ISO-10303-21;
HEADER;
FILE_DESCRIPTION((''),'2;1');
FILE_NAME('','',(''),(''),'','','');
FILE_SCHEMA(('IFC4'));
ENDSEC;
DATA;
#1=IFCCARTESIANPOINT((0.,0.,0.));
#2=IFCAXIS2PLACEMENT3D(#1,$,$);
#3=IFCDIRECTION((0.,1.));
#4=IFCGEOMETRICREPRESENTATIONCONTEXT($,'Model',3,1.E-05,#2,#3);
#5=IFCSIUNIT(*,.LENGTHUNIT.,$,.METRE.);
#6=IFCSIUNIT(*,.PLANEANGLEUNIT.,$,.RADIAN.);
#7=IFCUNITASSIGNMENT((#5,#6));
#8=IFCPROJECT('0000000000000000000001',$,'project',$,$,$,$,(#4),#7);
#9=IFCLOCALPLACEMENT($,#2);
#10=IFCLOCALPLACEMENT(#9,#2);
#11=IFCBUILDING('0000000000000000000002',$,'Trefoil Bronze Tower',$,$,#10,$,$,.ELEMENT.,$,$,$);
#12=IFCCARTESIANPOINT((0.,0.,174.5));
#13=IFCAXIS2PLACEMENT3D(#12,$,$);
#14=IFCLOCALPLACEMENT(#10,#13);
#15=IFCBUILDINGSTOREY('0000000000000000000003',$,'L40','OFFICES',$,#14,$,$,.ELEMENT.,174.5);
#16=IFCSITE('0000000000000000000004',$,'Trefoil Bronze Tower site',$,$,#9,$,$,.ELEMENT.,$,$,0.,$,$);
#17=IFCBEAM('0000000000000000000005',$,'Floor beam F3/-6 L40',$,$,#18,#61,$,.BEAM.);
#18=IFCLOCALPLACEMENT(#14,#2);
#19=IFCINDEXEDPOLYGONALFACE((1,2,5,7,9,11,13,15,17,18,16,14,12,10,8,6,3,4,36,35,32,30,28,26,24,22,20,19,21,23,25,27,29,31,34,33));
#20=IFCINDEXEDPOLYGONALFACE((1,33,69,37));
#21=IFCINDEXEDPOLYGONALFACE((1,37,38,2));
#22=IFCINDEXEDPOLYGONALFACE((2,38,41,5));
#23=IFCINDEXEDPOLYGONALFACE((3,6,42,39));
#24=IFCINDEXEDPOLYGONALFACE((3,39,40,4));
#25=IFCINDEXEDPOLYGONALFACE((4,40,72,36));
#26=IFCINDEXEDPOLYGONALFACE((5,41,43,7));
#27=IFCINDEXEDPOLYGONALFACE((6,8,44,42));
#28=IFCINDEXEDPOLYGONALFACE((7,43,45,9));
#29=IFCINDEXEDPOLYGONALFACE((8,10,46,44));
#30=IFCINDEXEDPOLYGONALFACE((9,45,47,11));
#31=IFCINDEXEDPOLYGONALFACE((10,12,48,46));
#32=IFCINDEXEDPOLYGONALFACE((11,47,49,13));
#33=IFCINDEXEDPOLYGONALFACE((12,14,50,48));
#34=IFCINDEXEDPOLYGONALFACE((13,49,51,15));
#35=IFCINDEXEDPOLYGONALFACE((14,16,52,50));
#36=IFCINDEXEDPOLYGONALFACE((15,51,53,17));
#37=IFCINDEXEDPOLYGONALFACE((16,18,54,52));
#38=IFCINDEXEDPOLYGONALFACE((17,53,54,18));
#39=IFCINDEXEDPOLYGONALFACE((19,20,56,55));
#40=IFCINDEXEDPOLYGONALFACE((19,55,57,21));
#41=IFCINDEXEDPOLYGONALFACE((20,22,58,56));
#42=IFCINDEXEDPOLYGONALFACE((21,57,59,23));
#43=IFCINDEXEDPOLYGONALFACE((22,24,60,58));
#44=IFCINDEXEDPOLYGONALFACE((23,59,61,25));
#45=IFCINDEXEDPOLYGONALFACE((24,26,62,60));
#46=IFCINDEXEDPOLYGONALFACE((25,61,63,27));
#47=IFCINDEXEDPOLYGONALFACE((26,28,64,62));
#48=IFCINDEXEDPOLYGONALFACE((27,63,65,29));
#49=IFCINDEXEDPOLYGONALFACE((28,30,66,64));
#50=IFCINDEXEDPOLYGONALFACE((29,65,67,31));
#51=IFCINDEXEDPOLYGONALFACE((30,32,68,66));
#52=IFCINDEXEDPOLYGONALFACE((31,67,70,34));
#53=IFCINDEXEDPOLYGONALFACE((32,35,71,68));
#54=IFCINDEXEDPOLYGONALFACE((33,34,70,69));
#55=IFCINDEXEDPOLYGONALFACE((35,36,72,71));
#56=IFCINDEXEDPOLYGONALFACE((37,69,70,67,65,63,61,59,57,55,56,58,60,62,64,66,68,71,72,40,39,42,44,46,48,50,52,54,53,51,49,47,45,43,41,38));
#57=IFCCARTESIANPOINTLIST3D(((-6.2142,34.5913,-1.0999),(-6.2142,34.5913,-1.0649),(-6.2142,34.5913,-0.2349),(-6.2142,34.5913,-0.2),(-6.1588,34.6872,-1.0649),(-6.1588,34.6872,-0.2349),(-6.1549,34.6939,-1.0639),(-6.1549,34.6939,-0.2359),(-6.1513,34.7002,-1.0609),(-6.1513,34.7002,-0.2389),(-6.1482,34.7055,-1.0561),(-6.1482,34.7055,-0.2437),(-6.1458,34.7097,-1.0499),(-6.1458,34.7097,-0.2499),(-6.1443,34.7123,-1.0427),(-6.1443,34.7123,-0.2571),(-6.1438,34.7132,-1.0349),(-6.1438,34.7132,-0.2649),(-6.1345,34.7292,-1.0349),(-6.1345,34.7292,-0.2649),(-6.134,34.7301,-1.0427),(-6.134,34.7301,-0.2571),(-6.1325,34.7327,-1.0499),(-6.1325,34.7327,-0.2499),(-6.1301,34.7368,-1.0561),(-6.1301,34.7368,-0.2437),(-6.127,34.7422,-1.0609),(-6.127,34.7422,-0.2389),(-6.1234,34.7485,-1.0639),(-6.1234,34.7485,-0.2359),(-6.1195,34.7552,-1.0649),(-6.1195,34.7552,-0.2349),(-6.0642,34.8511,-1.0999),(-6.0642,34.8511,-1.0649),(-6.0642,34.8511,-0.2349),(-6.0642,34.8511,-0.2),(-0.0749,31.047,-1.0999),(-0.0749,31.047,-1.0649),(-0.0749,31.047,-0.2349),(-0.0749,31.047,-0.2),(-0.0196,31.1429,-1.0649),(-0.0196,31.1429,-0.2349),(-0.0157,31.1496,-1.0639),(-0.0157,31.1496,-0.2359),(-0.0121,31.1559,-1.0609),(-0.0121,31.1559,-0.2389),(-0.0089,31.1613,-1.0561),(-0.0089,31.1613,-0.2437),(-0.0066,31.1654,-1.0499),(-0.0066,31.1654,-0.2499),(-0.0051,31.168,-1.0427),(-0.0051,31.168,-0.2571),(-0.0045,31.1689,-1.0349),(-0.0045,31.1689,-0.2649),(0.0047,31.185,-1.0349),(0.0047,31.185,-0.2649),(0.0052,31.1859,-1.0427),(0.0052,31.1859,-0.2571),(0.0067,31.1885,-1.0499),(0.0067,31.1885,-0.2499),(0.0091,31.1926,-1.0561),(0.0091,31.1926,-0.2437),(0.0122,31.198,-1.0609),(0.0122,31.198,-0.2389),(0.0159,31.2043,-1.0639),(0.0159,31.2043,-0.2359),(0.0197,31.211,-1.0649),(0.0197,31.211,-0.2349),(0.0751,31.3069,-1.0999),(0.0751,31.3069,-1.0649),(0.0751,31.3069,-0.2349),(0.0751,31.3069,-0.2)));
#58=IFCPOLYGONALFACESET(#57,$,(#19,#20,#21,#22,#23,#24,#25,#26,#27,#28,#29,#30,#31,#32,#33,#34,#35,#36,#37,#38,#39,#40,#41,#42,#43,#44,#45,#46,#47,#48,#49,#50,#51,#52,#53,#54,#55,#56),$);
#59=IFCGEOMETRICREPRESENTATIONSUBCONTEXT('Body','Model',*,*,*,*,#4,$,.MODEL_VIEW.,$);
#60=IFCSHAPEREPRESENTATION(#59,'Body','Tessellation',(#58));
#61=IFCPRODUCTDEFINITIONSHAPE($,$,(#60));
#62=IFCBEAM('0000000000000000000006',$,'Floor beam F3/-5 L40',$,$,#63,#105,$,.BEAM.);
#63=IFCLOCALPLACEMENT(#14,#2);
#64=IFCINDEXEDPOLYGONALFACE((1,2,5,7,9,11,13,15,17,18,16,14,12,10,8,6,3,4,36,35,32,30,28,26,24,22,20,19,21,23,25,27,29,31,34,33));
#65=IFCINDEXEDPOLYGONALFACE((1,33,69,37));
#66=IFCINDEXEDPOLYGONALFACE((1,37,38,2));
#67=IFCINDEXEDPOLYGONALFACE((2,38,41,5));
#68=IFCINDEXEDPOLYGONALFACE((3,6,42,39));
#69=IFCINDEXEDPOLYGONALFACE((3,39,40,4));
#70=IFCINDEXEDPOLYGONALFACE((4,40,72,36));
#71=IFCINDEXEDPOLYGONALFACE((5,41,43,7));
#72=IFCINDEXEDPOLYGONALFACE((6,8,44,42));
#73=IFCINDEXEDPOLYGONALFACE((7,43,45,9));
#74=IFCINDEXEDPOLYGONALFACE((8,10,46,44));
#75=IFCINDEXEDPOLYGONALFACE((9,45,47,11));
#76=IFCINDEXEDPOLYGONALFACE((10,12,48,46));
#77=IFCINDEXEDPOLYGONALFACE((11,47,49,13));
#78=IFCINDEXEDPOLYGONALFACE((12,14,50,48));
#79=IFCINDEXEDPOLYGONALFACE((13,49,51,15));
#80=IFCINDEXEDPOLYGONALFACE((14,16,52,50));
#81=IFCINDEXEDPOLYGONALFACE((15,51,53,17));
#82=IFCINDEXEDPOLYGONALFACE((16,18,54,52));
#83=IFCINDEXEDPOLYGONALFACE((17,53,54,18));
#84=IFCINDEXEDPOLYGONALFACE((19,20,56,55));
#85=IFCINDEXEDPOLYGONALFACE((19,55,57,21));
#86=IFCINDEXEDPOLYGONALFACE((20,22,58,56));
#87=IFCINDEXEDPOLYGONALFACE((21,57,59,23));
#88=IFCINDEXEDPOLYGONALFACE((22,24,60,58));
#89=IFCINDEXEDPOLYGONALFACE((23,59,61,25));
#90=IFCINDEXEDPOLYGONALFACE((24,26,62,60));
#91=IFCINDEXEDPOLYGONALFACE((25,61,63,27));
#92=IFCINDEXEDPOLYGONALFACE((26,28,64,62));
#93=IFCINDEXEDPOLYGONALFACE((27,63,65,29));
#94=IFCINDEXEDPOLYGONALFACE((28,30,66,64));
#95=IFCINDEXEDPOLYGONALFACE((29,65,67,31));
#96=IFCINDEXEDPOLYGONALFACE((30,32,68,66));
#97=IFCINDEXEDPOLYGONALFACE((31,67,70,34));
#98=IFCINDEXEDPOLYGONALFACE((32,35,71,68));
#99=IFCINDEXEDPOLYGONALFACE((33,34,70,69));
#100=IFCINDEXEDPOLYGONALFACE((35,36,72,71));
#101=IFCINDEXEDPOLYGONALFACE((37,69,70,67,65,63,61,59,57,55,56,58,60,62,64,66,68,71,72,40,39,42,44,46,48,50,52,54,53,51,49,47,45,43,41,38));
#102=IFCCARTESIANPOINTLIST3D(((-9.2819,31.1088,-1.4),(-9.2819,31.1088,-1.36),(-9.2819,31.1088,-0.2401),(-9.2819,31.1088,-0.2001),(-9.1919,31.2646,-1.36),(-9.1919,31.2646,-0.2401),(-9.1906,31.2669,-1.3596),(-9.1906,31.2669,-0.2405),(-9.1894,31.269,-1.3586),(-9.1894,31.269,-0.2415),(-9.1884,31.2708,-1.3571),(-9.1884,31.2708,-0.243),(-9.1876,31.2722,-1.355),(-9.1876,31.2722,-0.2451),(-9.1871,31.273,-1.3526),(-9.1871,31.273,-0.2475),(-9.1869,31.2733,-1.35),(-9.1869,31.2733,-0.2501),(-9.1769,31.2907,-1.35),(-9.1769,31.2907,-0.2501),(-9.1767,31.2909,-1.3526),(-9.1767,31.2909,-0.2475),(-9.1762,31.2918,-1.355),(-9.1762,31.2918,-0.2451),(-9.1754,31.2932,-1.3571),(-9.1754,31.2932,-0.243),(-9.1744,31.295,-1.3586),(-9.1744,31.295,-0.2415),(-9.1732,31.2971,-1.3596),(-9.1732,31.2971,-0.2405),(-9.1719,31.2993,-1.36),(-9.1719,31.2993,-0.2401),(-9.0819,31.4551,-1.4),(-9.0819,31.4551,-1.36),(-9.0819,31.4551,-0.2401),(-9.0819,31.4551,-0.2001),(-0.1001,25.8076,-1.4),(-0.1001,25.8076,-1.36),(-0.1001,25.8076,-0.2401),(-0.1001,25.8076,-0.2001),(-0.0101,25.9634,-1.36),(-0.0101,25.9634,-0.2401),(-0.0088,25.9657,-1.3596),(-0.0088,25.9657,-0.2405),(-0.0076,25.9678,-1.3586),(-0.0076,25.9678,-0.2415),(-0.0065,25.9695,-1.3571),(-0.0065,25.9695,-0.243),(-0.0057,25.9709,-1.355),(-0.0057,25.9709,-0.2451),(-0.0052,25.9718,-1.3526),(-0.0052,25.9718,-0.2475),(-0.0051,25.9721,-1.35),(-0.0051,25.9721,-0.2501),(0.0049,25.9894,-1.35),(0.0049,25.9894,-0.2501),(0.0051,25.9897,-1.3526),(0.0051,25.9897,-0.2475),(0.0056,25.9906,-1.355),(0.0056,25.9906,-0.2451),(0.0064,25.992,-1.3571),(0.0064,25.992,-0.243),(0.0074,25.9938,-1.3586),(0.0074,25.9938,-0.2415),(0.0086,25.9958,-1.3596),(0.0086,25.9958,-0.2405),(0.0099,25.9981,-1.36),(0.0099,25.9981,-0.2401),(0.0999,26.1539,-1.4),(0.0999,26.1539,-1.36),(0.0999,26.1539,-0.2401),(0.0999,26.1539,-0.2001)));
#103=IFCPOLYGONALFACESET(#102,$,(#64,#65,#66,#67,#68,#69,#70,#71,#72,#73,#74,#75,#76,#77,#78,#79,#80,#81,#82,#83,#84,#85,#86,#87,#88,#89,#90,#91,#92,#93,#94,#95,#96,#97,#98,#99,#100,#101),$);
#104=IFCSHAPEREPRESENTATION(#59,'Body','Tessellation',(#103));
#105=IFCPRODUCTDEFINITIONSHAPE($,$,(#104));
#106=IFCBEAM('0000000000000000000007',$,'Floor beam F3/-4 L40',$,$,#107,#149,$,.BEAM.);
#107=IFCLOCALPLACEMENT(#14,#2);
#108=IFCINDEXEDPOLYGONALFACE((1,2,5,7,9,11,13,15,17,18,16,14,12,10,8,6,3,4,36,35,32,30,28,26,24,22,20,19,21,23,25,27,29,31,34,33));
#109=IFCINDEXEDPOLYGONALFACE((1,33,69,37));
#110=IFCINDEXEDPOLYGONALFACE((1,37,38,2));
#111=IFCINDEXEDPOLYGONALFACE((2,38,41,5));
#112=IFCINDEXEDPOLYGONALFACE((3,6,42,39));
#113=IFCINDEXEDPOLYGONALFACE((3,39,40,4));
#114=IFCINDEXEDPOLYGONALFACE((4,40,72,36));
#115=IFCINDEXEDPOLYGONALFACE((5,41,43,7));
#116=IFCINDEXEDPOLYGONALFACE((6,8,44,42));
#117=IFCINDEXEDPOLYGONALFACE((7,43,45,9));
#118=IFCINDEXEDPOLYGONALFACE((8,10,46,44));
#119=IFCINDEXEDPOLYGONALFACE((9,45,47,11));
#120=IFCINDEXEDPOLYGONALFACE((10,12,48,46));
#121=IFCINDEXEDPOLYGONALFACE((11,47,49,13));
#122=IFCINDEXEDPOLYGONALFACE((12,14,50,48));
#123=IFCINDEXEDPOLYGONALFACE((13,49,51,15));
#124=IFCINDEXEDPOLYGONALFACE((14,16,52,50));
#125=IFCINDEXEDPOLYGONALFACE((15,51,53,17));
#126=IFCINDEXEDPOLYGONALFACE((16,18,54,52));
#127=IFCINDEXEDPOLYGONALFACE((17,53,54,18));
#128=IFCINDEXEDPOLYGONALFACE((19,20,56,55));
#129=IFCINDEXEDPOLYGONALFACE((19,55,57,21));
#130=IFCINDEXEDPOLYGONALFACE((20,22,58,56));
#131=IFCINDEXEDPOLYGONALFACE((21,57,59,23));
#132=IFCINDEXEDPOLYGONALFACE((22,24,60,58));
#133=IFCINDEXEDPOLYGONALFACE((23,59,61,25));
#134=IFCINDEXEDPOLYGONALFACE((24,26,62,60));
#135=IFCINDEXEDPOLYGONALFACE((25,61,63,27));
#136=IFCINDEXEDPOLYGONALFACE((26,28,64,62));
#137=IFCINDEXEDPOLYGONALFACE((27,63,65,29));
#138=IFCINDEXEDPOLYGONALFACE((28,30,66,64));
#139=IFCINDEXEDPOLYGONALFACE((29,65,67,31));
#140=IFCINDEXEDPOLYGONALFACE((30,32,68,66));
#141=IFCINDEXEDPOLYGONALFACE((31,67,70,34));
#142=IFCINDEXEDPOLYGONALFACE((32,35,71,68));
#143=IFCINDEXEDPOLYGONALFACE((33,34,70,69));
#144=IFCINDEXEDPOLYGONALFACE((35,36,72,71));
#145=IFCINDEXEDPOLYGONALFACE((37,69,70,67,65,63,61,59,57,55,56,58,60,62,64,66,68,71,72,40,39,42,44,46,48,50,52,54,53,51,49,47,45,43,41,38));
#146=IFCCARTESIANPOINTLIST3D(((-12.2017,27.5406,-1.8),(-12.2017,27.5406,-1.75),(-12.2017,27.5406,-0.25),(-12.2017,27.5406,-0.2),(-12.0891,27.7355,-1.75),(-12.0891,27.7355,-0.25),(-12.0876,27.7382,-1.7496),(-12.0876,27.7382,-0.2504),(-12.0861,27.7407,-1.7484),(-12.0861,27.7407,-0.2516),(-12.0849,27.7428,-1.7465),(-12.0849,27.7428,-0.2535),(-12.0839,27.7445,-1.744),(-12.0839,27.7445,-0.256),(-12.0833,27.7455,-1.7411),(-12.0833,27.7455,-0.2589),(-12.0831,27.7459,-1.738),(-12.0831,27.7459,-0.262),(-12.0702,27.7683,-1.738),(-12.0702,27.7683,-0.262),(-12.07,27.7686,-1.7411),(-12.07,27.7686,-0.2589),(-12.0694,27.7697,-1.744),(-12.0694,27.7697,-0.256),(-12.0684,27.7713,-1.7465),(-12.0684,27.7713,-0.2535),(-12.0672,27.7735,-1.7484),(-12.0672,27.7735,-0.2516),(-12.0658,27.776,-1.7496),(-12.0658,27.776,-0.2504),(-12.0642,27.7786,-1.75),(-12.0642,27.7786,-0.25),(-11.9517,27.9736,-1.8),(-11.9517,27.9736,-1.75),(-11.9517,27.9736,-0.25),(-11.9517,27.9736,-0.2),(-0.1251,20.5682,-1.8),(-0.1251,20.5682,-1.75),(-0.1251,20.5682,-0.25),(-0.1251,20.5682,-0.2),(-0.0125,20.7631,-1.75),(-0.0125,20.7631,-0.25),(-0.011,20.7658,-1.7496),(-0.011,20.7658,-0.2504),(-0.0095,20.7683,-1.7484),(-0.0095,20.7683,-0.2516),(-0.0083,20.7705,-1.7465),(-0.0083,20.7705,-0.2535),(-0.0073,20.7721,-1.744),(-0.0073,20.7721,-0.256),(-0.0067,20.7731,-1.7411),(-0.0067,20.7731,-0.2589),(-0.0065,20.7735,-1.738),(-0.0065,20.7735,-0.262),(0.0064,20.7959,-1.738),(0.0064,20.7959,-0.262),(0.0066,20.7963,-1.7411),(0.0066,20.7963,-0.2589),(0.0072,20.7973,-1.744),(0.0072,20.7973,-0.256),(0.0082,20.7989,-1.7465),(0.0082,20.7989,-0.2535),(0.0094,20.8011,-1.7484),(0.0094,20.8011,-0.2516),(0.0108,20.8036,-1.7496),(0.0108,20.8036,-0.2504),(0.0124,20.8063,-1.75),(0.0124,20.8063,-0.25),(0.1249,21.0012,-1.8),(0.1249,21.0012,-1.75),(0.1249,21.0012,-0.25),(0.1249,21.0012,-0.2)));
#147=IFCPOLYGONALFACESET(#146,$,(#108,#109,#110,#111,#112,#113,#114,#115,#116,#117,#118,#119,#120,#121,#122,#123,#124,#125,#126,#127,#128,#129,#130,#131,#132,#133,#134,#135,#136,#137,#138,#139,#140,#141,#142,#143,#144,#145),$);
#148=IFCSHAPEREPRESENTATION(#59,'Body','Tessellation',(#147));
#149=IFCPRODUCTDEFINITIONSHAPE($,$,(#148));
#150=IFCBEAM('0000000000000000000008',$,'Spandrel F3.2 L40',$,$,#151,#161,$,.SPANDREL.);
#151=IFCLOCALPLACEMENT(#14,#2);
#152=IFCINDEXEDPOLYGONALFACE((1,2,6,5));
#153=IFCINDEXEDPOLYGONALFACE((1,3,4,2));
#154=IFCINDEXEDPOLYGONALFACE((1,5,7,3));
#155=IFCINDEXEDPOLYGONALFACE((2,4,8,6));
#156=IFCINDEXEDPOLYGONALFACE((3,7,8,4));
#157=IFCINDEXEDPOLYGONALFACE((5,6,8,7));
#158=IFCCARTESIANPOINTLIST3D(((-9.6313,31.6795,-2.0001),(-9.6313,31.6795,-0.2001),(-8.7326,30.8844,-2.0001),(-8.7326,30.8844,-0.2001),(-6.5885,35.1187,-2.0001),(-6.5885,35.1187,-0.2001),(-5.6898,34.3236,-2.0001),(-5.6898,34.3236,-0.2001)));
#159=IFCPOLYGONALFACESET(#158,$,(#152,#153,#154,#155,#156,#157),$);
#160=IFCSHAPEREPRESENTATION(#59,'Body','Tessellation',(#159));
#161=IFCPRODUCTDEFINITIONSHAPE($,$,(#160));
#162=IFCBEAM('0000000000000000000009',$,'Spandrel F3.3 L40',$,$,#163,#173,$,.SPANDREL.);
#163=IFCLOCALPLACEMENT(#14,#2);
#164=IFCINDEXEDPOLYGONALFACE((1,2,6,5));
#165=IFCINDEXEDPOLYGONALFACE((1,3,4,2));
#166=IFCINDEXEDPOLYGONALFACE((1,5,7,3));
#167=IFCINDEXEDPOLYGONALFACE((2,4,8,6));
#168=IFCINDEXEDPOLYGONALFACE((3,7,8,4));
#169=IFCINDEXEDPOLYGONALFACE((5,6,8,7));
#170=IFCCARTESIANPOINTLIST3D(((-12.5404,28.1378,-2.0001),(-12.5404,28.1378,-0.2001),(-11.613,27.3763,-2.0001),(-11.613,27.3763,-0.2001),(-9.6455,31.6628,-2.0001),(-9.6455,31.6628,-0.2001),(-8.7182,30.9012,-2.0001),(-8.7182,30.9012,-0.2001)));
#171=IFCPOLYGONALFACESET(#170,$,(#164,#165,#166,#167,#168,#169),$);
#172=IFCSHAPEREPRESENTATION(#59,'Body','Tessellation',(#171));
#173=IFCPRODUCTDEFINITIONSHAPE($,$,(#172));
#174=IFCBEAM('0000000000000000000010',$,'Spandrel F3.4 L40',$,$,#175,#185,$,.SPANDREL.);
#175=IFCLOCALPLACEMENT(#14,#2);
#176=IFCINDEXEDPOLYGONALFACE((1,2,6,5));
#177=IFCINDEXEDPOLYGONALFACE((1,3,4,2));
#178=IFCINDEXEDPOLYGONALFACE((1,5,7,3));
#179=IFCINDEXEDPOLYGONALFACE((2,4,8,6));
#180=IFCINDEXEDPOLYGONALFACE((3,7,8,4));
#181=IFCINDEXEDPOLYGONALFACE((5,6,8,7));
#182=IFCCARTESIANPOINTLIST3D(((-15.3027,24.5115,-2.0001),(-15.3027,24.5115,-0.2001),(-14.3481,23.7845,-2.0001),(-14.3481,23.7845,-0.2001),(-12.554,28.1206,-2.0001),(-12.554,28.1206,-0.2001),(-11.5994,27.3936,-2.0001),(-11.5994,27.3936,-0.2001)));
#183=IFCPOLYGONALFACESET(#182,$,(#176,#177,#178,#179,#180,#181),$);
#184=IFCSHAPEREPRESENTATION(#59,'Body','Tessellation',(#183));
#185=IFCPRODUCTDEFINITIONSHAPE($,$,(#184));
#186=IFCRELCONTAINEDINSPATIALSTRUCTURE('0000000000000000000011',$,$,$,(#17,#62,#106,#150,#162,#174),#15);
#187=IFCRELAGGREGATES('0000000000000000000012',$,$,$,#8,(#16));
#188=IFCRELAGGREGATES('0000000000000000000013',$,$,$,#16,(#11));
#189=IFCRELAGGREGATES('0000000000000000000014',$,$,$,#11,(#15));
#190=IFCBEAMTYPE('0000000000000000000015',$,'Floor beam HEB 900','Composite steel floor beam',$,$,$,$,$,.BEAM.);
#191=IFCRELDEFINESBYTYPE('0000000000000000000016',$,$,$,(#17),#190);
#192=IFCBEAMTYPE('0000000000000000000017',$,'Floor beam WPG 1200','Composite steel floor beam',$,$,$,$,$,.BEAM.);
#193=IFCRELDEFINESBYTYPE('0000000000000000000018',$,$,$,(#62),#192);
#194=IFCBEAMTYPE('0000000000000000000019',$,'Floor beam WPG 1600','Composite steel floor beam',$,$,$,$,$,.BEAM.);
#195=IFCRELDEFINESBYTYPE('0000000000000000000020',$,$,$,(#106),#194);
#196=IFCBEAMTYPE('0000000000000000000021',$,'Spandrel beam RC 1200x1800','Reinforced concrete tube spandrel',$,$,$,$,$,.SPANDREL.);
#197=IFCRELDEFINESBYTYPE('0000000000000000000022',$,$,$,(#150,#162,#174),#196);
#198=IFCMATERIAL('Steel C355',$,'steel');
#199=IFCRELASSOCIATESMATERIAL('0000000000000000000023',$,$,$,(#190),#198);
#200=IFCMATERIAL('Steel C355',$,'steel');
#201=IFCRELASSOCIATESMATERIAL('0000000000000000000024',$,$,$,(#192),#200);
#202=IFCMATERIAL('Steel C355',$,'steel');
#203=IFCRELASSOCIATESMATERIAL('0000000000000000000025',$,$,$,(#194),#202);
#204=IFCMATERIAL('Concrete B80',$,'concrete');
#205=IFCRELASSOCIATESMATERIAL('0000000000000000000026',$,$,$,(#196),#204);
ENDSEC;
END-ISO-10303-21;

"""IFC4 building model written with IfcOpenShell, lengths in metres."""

from ifc_helpers import new_model, si_unit, direction, frame, origin, origin_2d, place, context, subcontext, project, spatial, rectangle, i_section, extrude, material, material_profile, profile_set, type_object, element, save


model = new_model("IFC4")

# Units and contexts
model_context = context("Model", 3, precision=1e-05, world=origin(), true_north=direction((0.0, 1.0)))
body_context = subcontext(model_context, "Body", "Model", "MODEL_VIEW")
ifc_project = project(units=[si_unit("LENGTHUNIT", "METRE"), si_unit("PLANEANGLEUNIT", "RADIAN")], contexts=[model_context])

# Site, building, storey
site_placement = place(None, origin())
site = spatial("IfcSite", under=ifc_project, at=site_placement, Name="Trefoil Bronze Tower site", CompositionType="ELEMENT", RefElevation=0.0)
building_placement = place(site_placement, origin())
building = spatial("IfcBuilding", under=site, at=building_placement, Name="Trefoil Bronze Tower", CompositionType="ELEMENT")
storey_placement = place(building_placement, frame((0.0, 0.0, 174.5)))
storey = spatial("IfcBuildingStorey", under=building, at=storey_placement, Name="L40", Description="OFFICES", CompositionType="ELEMENT", Elevation=174.5)

# Beams
ifc_material_1 = material(Name="Steel C355", Category="steel")
ifc_material_profile_1 = material_profile(ifc_material_1, i_section(OverallWidth=0.3, OverallDepth=0.8999, WebThickness=0.0186, FlangeThickness=0.0349, FilletRadius=0.03, at=origin_2d()), Name="HEB 900")
ifc_profile_set_1 = profile_set([ifc_material_profile_1], Name="Steel C355")
beam_type_1 = type_object("IfcBeamType", Name="Floor beam HEB 900", Description="Composite steel floor beam", PredefinedType="BEAM", material=ifc_profile_set_1)
beam_1_placement = place(storey_placement, frame((-6.1392, 34.7212, -0.6499), z_axis=(0.866041, -0.499973, 0.0), x_axis=(0.499973, 0.866041, 0.0)))
element("IfcBeam", 1, at=beam_1_placement, inside=storey, type_object=beam_type_1, Name="Floor beam F3/-6 L40", PredefinedType="BEAM", context=body_context, shape_type="SweptSolid", body=[
    extrude(i_section(OverallWidth=0.3, OverallDepth=0.8999, WebThickness=0.0186, FlangeThickness=0.0349, FilletRadius=0.03, at=origin_2d()), origin(), (0.0, 0.0, 1.0), 7.0889),
])
ifc_material_2 = material(Name="Steel C355", Category="steel")
ifc_material_profile_2 = material_profile(ifc_material_2, i_section(OverallWidth=0.3999, OverallDepth=1.2, WebThickness=0.02, FlangeThickness=0.04, FilletRadius=0.01, at=origin_2d()), Name="WPG 1200")
ifc_profile_set_2 = profile_set([ifc_material_profile_2], Name="Steel C355")
beam_type_2 = type_object("IfcBeamType", Name="Floor beam WPG 1200", Description="Composite steel floor beam", PredefinedType="BEAM", material=ifc_profile_set_2)
beam_2_placement = place(storey_placement, frame((-9.1819, 31.282, -0.8), z_axis=(0.866021, -0.500007, 0.0), x_axis=(0.500007, 0.866021, 0.0)))
element("IfcBeam", 2, at=beam_2_placement, inside=storey, type_object=beam_type_2, Name="Floor beam F3/-5 L40", PredefinedType="BEAM", context=body_context, shape_type="SweptSolid", body=[
    extrude(i_section(OverallWidth=0.3999, OverallDepth=1.2, WebThickness=0.02, FlangeThickness=0.04, FilletRadius=0.01, at=origin_2d()), origin(), (0.0, 0.0, 1.0), 10.6023),
])
ifc_material_3 = material(Name="Steel C355", Category="steel")
ifc_material_profile_3 = material_profile(ifc_material_3, i_section(OverallWidth=0.5, OverallDepth=1.6001, WebThickness=0.0259, FlangeThickness=0.05, FilletRadius=0.012, at=origin_2d()), Name="WPG 1600")
ifc_profile_set_3 = profile_set([ifc_material_profile_3], Name="Steel C355")
beam_type_3 = type_object("IfcBeamType", Name="Floor beam WPG 1600", Description="Composite steel floor beam", PredefinedType="BEAM", material=ifc_profile_set_3)
beam_3_placement = place(storey_placement, frame((-12.0767, 27.7571, -1.0), z_axis=(0.866027, -0.499997, 0.0), x_axis=(0.499997, 0.866027, 0.0)))
element("IfcBeam", 3, at=beam_3_placement, inside=storey, type_object=beam_type_3, Name="Floor beam F3/-4 L40", PredefinedType="BEAM", context=body_context, shape_type="SweptSolid", body=[
    extrude(i_section(OverallWidth=0.5, OverallDepth=1.6001, WebThickness=0.0259, FlangeThickness=0.05, FilletRadius=0.012, at=origin_2d()), origin(), (0.0, 0.0, 1.0), 13.9448),
])
ifc_material_4 = material(Name="Concrete B80", Category="concrete")
ifc_material_profile_4 = material_profile(ifc_material_4, rectangle(XDim=1.2, YDim=1.8, at=origin_2d()), Name="RC 1200x1800")
ifc_profile_set_4 = profile_set([ifc_material_profile_4], Name="Concrete B80")
beam_type_4 = type_object("IfcBeamType", Name="Spandrel beam RC 1200x1800", Description="Reinforced concrete tube spandrel", PredefinedType="SPANDREL", material=ifc_profile_set_4)
beam_4_placement = place(storey_placement, frame((-6.1392, 34.7212, -1.1001), z_axis=(-0.662616, -0.748959, 0.0), x_axis=(0.748959, -0.662616, 0.0)))
element("IfcBeam", 4, at=beam_4_placement, inside=storey, type_object=beam_type_4, Name="Spandrel F3.2 L40", PredefinedType="SPANDREL", context=body_context, shape_type="SweptSolid", body=[
    extrude(rectangle(XDim=1.2, YDim=1.8, at=origin_2d()), origin(), (0.0, 0.0, 1.0), 4.592),
])
beam_5_placement = place(storey_placement, frame((-9.1819, 31.282, -1.1001), z_axis=(-0.63465, -0.772799, 0.0), x_axis=(0.772799, -0.63465, 0.0)))
element("IfcBeam", 5, at=beam_5_placement, inside=storey, type_object=beam_type_4, Name="Spandrel F3.3 L40", PredefinedType="SPANDREL", context=body_context, shape_type="SweptSolid", body=[
    extrude(rectangle(XDim=1.2, YDim=1.8, at=origin_2d()), origin(), (0.0, 0.0, 1.0), 4.5613),
])
beam_6_placement = place(storey_placement, frame((-12.0767, 27.7571, -1.1001), z_axis=(-0.605899, -0.795542, 0.0), x_axis=(0.795542, -0.605899, 0.0)))
element("IfcBeam", 6, at=beam_6_placement, inside=storey, type_object=beam_type_4, Name="Spandrel F3.4 L40", PredefinedType="SPANDREL", context=body_context, shape_type="SweptSolid", body=[
    extrude(rectangle(XDim=1.2, YDim=1.8, at=origin_2d()), origin(), (0.0, 0.0, 1.0), 4.5366),
])

save(model, "model.ifc")
